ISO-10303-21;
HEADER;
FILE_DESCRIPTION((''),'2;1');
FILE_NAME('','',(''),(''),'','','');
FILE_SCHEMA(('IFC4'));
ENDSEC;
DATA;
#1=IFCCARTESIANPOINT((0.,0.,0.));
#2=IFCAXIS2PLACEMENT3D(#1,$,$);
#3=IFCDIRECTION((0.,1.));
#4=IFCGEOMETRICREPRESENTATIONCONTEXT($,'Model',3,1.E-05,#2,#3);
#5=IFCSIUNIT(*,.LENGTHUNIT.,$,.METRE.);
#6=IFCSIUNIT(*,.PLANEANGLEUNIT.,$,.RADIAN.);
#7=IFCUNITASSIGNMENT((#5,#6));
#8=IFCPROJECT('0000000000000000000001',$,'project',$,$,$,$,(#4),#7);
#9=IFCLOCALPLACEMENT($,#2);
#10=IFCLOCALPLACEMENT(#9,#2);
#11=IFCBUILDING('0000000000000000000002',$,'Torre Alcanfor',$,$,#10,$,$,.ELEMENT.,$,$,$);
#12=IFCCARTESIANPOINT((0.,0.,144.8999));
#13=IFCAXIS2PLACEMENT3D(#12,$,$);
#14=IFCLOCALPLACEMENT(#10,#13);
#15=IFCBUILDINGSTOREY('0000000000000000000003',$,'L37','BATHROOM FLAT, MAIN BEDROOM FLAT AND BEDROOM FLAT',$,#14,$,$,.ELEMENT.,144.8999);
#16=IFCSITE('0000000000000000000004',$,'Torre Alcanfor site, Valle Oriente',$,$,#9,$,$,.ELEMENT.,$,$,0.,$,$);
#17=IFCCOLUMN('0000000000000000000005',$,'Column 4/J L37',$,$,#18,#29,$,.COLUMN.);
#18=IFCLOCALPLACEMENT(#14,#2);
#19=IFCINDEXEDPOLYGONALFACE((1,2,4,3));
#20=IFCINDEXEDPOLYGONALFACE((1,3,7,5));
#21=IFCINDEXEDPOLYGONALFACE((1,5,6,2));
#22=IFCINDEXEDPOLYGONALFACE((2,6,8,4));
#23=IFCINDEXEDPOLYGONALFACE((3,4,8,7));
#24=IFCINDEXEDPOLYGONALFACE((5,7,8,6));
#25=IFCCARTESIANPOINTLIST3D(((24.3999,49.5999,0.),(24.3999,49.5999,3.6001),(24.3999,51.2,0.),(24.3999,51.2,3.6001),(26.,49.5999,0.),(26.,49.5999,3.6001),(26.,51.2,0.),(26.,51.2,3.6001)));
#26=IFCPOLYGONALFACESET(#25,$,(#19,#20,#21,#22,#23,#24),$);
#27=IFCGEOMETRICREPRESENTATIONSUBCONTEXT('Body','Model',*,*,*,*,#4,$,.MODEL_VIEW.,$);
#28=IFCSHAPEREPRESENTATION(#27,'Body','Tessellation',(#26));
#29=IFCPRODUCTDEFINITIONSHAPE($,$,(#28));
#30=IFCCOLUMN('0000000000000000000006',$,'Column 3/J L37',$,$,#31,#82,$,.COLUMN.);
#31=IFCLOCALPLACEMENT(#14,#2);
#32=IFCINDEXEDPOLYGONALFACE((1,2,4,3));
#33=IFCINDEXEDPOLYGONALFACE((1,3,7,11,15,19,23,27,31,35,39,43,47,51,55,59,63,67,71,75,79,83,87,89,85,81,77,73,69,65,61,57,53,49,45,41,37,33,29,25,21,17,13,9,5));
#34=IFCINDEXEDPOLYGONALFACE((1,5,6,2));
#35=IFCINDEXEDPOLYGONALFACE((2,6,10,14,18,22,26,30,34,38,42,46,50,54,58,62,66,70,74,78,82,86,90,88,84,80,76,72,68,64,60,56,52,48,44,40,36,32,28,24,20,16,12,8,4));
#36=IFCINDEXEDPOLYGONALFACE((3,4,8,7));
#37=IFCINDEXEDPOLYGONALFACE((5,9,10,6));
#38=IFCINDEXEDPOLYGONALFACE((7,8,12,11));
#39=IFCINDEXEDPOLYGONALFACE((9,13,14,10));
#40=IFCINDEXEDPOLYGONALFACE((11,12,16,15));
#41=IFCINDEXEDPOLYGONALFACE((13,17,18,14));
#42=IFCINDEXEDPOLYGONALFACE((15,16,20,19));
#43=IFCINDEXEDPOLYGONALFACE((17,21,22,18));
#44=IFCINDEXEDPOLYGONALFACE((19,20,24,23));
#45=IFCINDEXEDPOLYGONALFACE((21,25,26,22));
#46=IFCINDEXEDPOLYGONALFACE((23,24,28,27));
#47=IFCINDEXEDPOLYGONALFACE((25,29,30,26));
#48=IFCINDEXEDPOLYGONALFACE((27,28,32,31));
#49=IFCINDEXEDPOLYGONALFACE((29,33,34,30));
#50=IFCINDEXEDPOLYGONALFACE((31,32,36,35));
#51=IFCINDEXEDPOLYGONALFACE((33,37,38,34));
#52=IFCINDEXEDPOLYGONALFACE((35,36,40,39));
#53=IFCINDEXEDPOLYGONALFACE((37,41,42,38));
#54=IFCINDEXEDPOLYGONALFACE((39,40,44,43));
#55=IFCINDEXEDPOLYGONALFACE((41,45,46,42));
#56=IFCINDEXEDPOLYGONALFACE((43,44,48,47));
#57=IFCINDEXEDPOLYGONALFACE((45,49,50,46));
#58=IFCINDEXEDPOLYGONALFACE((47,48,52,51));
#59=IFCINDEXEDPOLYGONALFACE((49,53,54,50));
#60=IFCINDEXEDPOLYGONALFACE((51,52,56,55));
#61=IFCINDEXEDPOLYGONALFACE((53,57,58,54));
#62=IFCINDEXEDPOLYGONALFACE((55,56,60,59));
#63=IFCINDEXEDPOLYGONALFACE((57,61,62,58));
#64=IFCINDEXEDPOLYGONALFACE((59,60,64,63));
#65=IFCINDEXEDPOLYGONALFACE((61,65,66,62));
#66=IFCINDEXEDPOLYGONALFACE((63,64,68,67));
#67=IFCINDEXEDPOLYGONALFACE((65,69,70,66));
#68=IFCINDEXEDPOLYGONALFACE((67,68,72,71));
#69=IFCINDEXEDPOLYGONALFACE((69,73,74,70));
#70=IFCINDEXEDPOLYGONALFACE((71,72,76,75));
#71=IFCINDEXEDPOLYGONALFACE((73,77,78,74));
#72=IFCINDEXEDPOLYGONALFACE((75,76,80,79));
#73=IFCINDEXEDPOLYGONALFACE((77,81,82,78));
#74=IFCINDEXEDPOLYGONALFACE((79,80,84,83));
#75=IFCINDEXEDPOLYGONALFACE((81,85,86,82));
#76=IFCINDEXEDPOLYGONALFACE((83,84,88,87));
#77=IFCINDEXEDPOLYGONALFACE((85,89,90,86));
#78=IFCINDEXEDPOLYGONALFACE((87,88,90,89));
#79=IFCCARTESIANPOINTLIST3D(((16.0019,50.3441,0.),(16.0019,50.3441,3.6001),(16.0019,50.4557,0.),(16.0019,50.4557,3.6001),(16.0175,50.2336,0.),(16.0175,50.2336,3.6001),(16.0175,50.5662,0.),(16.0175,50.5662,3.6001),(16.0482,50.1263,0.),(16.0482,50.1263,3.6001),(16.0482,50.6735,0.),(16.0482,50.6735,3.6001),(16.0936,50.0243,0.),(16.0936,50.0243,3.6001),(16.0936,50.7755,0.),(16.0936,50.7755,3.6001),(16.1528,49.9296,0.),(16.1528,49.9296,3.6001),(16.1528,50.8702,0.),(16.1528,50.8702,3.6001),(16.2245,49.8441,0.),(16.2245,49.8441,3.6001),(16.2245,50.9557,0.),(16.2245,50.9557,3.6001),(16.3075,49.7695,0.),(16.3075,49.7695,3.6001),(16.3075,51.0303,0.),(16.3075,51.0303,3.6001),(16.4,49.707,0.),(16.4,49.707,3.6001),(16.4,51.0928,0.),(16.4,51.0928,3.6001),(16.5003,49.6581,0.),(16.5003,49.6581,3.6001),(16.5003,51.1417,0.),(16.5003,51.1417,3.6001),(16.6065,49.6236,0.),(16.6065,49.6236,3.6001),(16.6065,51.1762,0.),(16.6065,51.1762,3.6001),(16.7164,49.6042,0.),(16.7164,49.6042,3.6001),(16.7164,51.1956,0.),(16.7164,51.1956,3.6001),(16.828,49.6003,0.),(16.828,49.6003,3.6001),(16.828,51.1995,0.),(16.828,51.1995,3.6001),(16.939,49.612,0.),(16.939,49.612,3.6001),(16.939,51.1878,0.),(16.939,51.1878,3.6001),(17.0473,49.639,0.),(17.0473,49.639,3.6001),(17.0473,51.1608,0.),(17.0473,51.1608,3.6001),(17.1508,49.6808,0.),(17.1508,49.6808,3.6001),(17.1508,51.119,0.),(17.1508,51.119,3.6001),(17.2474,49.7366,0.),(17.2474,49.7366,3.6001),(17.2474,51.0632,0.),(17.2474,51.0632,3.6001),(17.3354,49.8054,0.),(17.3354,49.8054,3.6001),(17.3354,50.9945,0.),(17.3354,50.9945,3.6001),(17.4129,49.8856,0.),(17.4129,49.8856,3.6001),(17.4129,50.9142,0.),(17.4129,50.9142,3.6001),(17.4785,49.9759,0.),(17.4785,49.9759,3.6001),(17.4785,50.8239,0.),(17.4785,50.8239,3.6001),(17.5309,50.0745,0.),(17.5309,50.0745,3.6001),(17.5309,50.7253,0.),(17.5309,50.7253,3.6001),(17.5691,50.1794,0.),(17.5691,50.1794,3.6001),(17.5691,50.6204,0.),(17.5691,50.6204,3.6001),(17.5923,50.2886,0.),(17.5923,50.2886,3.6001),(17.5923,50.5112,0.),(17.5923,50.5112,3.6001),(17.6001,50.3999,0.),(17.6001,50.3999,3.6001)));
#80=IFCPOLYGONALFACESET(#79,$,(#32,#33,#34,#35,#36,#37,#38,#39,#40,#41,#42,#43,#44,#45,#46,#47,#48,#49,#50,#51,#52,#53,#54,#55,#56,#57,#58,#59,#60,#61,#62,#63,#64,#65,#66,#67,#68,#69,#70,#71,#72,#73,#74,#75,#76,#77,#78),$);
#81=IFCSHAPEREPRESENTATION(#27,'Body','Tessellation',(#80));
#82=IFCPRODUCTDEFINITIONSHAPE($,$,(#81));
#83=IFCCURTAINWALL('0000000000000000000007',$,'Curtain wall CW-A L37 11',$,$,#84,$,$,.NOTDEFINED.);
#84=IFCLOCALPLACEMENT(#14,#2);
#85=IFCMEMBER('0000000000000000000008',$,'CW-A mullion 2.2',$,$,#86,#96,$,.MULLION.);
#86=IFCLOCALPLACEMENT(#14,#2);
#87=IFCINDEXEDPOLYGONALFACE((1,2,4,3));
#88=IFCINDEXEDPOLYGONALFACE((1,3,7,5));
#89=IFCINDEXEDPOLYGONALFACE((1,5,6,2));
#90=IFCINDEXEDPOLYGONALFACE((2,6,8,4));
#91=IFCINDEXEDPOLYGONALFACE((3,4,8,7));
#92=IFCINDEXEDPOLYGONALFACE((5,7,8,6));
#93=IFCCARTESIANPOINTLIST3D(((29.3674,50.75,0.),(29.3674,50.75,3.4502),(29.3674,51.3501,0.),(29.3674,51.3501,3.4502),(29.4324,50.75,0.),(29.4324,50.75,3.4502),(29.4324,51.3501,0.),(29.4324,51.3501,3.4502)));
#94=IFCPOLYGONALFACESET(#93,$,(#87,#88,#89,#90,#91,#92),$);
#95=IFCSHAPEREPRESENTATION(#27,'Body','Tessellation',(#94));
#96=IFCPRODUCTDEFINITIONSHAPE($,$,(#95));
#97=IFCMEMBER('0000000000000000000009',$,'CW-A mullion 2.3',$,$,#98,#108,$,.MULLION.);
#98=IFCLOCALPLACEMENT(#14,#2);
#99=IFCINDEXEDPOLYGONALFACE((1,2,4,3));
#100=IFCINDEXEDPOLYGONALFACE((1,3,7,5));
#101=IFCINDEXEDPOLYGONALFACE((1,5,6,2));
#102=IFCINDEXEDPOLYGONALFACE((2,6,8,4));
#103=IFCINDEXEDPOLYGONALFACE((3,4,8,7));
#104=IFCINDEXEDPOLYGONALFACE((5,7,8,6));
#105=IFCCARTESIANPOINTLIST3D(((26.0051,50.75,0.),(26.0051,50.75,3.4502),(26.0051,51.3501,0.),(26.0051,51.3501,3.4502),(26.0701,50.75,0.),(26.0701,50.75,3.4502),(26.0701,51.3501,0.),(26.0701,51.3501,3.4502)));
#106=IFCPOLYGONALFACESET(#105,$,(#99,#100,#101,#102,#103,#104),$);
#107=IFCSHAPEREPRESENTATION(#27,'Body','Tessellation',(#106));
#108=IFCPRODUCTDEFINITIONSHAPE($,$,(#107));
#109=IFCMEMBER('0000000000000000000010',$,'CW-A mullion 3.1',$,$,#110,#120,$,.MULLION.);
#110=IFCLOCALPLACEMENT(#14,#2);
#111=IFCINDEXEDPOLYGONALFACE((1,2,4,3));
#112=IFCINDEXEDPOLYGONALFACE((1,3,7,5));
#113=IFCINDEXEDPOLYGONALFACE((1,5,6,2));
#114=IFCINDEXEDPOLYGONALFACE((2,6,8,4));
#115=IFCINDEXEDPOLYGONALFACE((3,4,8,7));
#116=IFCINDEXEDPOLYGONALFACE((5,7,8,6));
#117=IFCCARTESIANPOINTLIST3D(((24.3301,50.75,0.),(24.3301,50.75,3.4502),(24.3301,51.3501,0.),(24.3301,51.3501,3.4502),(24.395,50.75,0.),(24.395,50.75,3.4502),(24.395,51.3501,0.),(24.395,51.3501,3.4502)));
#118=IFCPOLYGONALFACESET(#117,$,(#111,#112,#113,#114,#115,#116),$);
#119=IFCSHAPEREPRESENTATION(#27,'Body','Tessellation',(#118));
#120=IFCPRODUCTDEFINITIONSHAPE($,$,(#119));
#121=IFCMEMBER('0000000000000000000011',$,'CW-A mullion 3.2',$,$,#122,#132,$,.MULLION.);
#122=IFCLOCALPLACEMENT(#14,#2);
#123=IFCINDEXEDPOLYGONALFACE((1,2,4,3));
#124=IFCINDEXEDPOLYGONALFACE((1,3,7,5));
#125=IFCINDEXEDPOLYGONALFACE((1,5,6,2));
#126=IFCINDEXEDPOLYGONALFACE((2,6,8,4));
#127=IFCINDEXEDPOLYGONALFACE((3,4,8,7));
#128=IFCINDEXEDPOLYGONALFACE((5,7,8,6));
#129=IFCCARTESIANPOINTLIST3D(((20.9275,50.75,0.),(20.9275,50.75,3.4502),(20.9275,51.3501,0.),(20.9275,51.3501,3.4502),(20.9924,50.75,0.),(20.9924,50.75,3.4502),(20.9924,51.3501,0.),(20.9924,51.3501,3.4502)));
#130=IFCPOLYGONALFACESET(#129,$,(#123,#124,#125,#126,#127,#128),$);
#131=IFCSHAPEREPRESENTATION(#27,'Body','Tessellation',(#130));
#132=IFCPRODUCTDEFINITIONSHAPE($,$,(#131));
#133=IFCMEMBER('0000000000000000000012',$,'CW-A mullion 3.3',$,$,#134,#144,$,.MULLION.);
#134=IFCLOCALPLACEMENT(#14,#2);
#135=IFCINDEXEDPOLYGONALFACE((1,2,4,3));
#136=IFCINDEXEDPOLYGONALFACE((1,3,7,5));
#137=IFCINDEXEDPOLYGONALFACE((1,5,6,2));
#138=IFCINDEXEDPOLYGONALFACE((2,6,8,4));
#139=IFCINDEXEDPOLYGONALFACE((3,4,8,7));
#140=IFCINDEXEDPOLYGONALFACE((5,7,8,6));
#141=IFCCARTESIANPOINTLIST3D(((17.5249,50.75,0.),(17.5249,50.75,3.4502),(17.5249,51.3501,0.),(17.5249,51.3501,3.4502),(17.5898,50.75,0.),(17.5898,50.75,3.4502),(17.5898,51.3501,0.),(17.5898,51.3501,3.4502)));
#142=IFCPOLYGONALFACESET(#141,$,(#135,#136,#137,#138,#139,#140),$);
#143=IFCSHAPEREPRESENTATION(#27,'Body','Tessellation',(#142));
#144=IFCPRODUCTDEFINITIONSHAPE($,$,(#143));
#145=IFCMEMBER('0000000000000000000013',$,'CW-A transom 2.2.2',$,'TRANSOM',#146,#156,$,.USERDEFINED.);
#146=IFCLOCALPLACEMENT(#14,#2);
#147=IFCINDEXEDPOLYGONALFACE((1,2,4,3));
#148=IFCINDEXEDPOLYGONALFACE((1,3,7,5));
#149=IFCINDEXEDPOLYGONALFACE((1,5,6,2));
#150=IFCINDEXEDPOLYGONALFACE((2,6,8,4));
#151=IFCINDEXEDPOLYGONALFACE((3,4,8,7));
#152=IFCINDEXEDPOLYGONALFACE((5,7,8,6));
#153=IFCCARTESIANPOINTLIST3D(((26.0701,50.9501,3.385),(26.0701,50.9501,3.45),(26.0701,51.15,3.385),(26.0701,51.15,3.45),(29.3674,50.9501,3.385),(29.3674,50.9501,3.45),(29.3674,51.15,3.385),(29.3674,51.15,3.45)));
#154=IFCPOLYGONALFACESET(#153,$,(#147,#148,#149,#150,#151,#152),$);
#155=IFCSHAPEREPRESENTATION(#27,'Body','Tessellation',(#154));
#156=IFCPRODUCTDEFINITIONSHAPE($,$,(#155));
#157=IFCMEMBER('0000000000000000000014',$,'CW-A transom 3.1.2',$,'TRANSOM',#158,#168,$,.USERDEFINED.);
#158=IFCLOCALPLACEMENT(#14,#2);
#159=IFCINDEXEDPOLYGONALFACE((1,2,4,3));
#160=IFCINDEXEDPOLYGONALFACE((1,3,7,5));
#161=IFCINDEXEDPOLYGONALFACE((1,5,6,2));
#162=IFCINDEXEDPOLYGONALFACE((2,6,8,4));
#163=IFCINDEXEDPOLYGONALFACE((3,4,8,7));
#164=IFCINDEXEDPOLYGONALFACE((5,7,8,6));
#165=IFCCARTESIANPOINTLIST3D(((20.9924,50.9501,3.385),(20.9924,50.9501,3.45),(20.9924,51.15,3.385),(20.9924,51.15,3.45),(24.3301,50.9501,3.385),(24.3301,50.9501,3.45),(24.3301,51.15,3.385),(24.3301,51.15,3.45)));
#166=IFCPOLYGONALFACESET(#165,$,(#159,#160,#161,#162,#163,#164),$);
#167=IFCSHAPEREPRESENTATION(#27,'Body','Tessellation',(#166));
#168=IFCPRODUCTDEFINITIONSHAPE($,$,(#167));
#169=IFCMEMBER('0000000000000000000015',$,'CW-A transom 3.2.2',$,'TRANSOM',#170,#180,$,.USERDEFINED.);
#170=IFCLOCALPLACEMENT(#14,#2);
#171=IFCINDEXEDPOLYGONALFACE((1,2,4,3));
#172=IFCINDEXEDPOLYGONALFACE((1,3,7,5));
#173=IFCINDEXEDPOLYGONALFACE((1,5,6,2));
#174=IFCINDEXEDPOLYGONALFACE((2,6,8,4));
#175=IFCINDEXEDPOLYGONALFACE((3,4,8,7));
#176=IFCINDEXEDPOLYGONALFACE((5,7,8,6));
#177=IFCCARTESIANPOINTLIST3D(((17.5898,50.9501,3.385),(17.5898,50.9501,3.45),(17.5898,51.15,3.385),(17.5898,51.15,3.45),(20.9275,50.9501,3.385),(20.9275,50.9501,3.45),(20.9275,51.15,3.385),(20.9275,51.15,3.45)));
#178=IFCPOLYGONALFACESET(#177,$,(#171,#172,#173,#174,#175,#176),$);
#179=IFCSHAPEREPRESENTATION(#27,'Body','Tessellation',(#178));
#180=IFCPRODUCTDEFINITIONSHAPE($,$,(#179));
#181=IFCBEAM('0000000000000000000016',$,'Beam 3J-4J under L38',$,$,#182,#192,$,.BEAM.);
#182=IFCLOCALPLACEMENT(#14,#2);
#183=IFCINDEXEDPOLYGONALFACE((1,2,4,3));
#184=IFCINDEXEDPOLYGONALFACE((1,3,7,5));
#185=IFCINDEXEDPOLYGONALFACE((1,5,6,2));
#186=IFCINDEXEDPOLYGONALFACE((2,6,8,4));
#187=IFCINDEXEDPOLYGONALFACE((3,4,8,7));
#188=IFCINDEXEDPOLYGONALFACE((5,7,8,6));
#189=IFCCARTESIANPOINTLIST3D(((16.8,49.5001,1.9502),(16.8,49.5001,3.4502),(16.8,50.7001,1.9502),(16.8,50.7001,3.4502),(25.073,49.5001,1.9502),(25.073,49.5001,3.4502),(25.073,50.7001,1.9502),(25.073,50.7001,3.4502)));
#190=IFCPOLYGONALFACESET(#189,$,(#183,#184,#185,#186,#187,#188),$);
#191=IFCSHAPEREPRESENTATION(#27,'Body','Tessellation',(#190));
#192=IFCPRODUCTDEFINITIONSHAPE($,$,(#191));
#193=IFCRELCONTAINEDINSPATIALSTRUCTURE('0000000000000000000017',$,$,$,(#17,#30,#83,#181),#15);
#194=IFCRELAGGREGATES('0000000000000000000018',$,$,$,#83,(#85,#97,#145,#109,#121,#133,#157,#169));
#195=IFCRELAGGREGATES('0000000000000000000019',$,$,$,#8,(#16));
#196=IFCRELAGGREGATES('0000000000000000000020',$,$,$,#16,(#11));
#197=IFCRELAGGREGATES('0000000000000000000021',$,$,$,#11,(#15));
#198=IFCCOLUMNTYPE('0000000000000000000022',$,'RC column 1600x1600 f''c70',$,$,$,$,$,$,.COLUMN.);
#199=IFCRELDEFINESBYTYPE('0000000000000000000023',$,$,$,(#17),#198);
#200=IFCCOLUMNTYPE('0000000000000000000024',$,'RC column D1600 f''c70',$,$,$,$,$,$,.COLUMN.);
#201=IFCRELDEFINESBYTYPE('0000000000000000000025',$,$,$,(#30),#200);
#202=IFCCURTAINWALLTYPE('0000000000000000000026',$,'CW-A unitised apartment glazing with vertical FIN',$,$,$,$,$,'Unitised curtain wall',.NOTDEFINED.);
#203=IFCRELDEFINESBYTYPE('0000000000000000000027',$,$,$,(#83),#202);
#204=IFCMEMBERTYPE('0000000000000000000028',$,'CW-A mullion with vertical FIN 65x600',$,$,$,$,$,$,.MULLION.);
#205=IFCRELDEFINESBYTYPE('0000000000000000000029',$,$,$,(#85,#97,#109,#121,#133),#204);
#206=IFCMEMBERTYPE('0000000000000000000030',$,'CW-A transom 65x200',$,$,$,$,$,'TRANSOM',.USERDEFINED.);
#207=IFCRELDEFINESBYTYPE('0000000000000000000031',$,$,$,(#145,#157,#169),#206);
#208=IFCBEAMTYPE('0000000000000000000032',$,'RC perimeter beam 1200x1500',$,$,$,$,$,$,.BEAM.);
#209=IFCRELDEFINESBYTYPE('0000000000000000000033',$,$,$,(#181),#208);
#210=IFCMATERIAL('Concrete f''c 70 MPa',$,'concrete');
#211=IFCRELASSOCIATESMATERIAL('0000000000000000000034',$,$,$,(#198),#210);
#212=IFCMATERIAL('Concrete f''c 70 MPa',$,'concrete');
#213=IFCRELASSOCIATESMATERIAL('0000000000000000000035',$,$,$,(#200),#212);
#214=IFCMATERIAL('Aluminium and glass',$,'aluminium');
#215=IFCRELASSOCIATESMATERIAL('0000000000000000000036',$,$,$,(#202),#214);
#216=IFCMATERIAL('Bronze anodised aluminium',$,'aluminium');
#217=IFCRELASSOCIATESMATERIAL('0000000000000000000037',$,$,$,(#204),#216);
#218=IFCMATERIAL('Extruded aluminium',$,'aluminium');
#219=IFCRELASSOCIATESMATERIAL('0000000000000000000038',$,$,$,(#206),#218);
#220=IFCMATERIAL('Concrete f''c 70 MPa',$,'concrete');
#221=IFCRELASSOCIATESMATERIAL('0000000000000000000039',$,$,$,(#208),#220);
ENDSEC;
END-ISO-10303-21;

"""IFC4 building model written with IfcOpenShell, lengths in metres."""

from ifc_helpers import new_model, si_unit, direction, frame, origin, origin_2d, place, context, subcontext, project, spatial, rectangle, circle, extrude, material, material_profile, profile_set, type_object, element, aggregate, save


model = new_model("IFC4")

# Units and contexts
model_context = context("Model", 3, precision=1e-05, world=origin(), true_north=direction((0.0, 1.0)))
body_context = subcontext(model_context, "Body", "Model", "MODEL_VIEW")
ifc_project = project(units=[si_unit("LENGTHUNIT", "METRE"), si_unit("PLANEANGLEUNIT", "RADIAN")], contexts=[model_context])

# Site, building, storey
site_placement = place(None, origin())
site = spatial("IfcSite", under=ifc_project, at=site_placement, Name="Torre Alcanfor site, Valle Oriente", CompositionType="ELEMENT", RefElevation=0.0)
building_placement = place(site_placement, origin())
building = spatial("IfcBuilding", under=site, at=building_placement, Name="Torre Alcanfor", CompositionType="ELEMENT")
storey_placement = place(building_placement, frame((0.0, 0.0, 144.8999)))
storey = spatial("IfcBuildingStorey", under=building, at=storey_placement, Name="L37", Description="BATHROOM FLAT, MAIN BEDROOM FLAT AND BEDROOM FLAT", CompositionType="ELEMENT", Elevation=144.8999)

# Columns
ifc_material_1 = material(Name="Concrete f'c 70 MPa", Category="concrete")
ifc_material_profile_1 = material_profile(ifc_material_1, rectangle(XDim=1.6001, YDim=1.6001, at=origin_2d()), Name="1600x1600")
ifc_profile_set_1 = profile_set([ifc_material_profile_1], Name="Concrete f'c 70 MPa")
column_type_1 = type_object("IfcColumnType", Name="RC column 1600x1600 f'c70", PredefinedType="COLUMN", material=ifc_profile_set_1)
column_1_placement = place(storey_placement, frame((25.2, 50.3999, 0.0), z_axis=(0.0, 0.0, 1.0), x_axis=(1.0, 0.0, 0.0)))
element("IfcColumn", 1, at=column_1_placement, inside=storey, type_object=column_type_1, Name="Column 4/J L37", PredefinedType="COLUMN", context=body_context, shape_type="SweptSolid", body=[
    extrude(rectangle(XDim=1.6001, YDim=1.6001, at=origin_2d()), origin(), (0.0, 0.0, 1.0), 3.6001),
])
ifc_material_2 = material(Name="Concrete f'c 70 MPa", Category="concrete")
ifc_material_profile_2 = material_profile(ifc_material_2, circle(Radius=0.8, at=origin_2d()), Name="D1600")
ifc_profile_set_2 = profile_set([ifc_material_profile_2], Name="Concrete f'c 70 MPa")
column_type_2 = type_object("IfcColumnType", Name="RC column D1600 f'c70", PredefinedType="COLUMN", material=ifc_profile_set_2)
column_2_placement = place(storey_placement, frame((16.8, 50.3999, 0.0), z_axis=(0.0, 0.0, 1.0), x_axis=(1.0, 0.0, 0.0)))
element("IfcColumn", 2, at=column_2_placement, inside=storey, type_object=column_type_2, Name="Column 3/J L37", PredefinedType="COLUMN", context=body_context, shape_type="SweptSolid", body=[
    extrude(circle(Radius=0.8, at=origin_2d()), origin(), (0.0, 0.0, 1.0), 3.6001),
])

# Curtain wall, members
ifc_material_3 = material(Name="Aluminium and glass", Category="aluminium")
curtain_wall_type = type_object("IfcCurtainWallType", Name="CW-A unitised apartment glazing with vertical FIN", ElementType="Unitised curtain wall", PredefinedType="NOTDEFINED", material=ifc_material_3)
curtain_wall_placement = place(storey_placement, origin())
curtain_wall = element("IfcCurtainWall", 3, at=curtain_wall_placement, inside=storey, type_object=curtain_wall_type, Name="Curtain wall CW-A L37 11", PredefinedType="NOTDEFINED")
ifc_material_4 = material(Name="Bronze anodised aluminium", Category="aluminium")
ifc_material_profile_3 = material_profile(ifc_material_4, rectangle(XDim=0.6001, YDim=0.0649, at=origin_2d()), Name="CW-A mullion 65x600")
ifc_profile_set_3 = profile_set([ifc_material_profile_3], Name="Bronze anodised aluminium")
member_type_1 = type_object("IfcMemberType", Name="CW-A mullion with vertical FIN 65x600", PredefinedType="MULLION", material=ifc_profile_set_3)
member_1_placement = place(storey_placement, frame((29.3999, 51.05, 0.0), z_axis=(0.0, 0.0, 1.0), x_axis=(0.0, -1.0, 0.0)))
member_1 = element("IfcMember", 4, at=member_1_placement, type_object=member_type_1, Name="CW-A mullion 2.2", PredefinedType="MULLION", context=body_context, shape_type="SweptSolid", body=[
    extrude(rectangle(XDim=0.6001, YDim=0.0649, at=origin_2d()), origin(), (0.0, 0.0, 1.0), 3.4502),
])
member_2_placement = place(storey_placement, frame((26.0376, 51.05, 0.0), z_axis=(0.0, 0.0, 1.0), x_axis=(0.0, -1.0, 0.0)))
member_2 = element("IfcMember", 5, at=member_2_placement, type_object=member_type_1, Name="CW-A mullion 2.3", PredefinedType="MULLION", context=body_context, shape_type="SweptSolid", body=[
    extrude(rectangle(XDim=0.6001, YDim=0.0649, at=origin_2d()), origin(), (0.0, 0.0, 1.0), 3.4502),
])
member_3_placement = place(storey_placement, frame((24.3625, 51.05, 0.0), z_axis=(0.0, 0.0, 1.0), x_axis=(0.0, -1.0, 0.0)))
member_3 = element("IfcMember", 6, at=member_3_placement, type_object=member_type_1, Name="CW-A mullion 3.1", PredefinedType="MULLION", context=body_context, shape_type="SweptSolid", body=[
    extrude(rectangle(XDim=0.6001, YDim=0.0649, at=origin_2d()), origin(), (0.0, 0.0, 1.0), 3.4502),
])
member_4_placement = place(storey_placement, frame((20.96, 51.05, 0.0), z_axis=(0.0, 0.0, 1.0), x_axis=(0.0, -1.0, 0.0)))
member_4 = element("IfcMember", 7, at=member_4_placement, type_object=member_type_1, Name="CW-A mullion 3.2", PredefinedType="MULLION", context=body_context, shape_type="SweptSolid", body=[
    extrude(rectangle(XDim=0.6001, YDim=0.0649, at=origin_2d()), origin(), (0.0, 0.0, 1.0), 3.4502),
])
member_5_placement = place(storey_placement, frame((17.5574, 51.05, 0.0), z_axis=(0.0, 0.0, 1.0), x_axis=(0.0, -1.0, 0.0)))
member_5 = element("IfcMember", 8, at=member_5_placement, type_object=member_type_1, Name="CW-A mullion 3.3", PredefinedType="MULLION", context=body_context, shape_type="SweptSolid", body=[
    extrude(rectangle(XDim=0.6001, YDim=0.0649, at=origin_2d()), origin(), (0.0, 0.0, 1.0), 3.4502),
])
ifc_material_5 = material(Name="Extruded aluminium", Category="aluminium")
ifc_material_profile_4 = material_profile(ifc_material_5, rectangle(XDim=0.2, YDim=0.0649, at=origin_2d()), Name="CW-A transom 200x65")
ifc_profile_set_4 = profile_set([ifc_material_profile_4], Name="Extruded aluminium")
member_type_2 = type_object("IfcMemberType", Name="CW-A transom 65x200", ElementType="TRANSOM", PredefinedType="USERDEFINED", material=ifc_profile_set_4)
member_6_placement = place(storey_placement, frame((29.3674, 51.05, 3.4175), z_axis=(-1.0, 0.0, 0.0), x_axis=(0.0, -1.0, 0.0)))
member_6 = element("IfcMember", 9, at=member_6_placement, type_object=member_type_2, Name="CW-A transom 2.2.2", ObjectType="TRANSOM", PredefinedType="USERDEFINED", context=body_context, shape_type="SweptSolid", body=[
    extrude(rectangle(XDim=0.2, YDim=0.0649, at=origin_2d()), origin(), (0.0, 0.0, 1.0), 3.2974),
])
member_7_placement = place(storey_placement, frame((24.3301, 51.05, 3.4175), z_axis=(-1.0, 0.0, 0.0), x_axis=(0.0, -1.0, 0.0)))
member_7 = element("IfcMember", 10, at=member_7_placement, type_object=member_type_2, Name="CW-A transom 3.1.2", ObjectType="TRANSOM", PredefinedType="USERDEFINED", context=body_context, shape_type="SweptSolid", body=[
    extrude(rectangle(XDim=0.2, YDim=0.0649, at=origin_2d()), origin(), (0.0, 0.0, 1.0), 3.3376),
])
member_8_placement = place(storey_placement, frame((20.9275, 51.05, 3.4175), z_axis=(-1.0, 0.0, 0.0), x_axis=(0.0, -1.0, 0.0)))
member_8 = element("IfcMember", 11, at=member_8_placement, type_object=member_type_2, Name="CW-A transom 3.2.2", ObjectType="TRANSOM", PredefinedType="USERDEFINED", context=body_context, shape_type="SweptSolid", body=[
    extrude(rectangle(XDim=0.2, YDim=0.0649, at=origin_2d()), origin(), (0.0, 0.0, 1.0), 3.3376),
])

# Beam
ifc_material_6 = material(Name="Concrete f'c 70 MPa", Category="concrete")
ifc_material_profile_5 = material_profile(ifc_material_6, rectangle(XDim=1.2, YDim=1.5, at=origin_2d()), Name="1200x1500")
ifc_profile_set_5 = profile_set([ifc_material_profile_5], Name="Concrete f'c 70 MPa")
beam_type_1 = type_object("IfcBeamType", Name="RC perimeter beam 1200x1500", PredefinedType="BEAM", material=ifc_profile_set_5)
beam_1_placement = place(storey_placement, frame((16.8, 50.1001, 2.7002), z_axis=(1.0, 0.0, 0.0), x_axis=(0.0, 1.0, 0.0)))
element("IfcBeam", 12, at=beam_1_placement, inside=storey, type_object=beam_type_1, Name="Beam 3J-4J under L38", PredefinedType="BEAM", context=body_context, shape_type="SweptSolid", body=[
    extrude(rectangle(XDim=1.2, YDim=1.5, at=origin_2d()), origin(), (0.0, 0.0, 1.0), 8.2729),
])

aggregate(curtain_wall, [member_1, member_2, member_6, member_3, member_4, member_5, member_7, member_8])

save(model, "model.ifc")
